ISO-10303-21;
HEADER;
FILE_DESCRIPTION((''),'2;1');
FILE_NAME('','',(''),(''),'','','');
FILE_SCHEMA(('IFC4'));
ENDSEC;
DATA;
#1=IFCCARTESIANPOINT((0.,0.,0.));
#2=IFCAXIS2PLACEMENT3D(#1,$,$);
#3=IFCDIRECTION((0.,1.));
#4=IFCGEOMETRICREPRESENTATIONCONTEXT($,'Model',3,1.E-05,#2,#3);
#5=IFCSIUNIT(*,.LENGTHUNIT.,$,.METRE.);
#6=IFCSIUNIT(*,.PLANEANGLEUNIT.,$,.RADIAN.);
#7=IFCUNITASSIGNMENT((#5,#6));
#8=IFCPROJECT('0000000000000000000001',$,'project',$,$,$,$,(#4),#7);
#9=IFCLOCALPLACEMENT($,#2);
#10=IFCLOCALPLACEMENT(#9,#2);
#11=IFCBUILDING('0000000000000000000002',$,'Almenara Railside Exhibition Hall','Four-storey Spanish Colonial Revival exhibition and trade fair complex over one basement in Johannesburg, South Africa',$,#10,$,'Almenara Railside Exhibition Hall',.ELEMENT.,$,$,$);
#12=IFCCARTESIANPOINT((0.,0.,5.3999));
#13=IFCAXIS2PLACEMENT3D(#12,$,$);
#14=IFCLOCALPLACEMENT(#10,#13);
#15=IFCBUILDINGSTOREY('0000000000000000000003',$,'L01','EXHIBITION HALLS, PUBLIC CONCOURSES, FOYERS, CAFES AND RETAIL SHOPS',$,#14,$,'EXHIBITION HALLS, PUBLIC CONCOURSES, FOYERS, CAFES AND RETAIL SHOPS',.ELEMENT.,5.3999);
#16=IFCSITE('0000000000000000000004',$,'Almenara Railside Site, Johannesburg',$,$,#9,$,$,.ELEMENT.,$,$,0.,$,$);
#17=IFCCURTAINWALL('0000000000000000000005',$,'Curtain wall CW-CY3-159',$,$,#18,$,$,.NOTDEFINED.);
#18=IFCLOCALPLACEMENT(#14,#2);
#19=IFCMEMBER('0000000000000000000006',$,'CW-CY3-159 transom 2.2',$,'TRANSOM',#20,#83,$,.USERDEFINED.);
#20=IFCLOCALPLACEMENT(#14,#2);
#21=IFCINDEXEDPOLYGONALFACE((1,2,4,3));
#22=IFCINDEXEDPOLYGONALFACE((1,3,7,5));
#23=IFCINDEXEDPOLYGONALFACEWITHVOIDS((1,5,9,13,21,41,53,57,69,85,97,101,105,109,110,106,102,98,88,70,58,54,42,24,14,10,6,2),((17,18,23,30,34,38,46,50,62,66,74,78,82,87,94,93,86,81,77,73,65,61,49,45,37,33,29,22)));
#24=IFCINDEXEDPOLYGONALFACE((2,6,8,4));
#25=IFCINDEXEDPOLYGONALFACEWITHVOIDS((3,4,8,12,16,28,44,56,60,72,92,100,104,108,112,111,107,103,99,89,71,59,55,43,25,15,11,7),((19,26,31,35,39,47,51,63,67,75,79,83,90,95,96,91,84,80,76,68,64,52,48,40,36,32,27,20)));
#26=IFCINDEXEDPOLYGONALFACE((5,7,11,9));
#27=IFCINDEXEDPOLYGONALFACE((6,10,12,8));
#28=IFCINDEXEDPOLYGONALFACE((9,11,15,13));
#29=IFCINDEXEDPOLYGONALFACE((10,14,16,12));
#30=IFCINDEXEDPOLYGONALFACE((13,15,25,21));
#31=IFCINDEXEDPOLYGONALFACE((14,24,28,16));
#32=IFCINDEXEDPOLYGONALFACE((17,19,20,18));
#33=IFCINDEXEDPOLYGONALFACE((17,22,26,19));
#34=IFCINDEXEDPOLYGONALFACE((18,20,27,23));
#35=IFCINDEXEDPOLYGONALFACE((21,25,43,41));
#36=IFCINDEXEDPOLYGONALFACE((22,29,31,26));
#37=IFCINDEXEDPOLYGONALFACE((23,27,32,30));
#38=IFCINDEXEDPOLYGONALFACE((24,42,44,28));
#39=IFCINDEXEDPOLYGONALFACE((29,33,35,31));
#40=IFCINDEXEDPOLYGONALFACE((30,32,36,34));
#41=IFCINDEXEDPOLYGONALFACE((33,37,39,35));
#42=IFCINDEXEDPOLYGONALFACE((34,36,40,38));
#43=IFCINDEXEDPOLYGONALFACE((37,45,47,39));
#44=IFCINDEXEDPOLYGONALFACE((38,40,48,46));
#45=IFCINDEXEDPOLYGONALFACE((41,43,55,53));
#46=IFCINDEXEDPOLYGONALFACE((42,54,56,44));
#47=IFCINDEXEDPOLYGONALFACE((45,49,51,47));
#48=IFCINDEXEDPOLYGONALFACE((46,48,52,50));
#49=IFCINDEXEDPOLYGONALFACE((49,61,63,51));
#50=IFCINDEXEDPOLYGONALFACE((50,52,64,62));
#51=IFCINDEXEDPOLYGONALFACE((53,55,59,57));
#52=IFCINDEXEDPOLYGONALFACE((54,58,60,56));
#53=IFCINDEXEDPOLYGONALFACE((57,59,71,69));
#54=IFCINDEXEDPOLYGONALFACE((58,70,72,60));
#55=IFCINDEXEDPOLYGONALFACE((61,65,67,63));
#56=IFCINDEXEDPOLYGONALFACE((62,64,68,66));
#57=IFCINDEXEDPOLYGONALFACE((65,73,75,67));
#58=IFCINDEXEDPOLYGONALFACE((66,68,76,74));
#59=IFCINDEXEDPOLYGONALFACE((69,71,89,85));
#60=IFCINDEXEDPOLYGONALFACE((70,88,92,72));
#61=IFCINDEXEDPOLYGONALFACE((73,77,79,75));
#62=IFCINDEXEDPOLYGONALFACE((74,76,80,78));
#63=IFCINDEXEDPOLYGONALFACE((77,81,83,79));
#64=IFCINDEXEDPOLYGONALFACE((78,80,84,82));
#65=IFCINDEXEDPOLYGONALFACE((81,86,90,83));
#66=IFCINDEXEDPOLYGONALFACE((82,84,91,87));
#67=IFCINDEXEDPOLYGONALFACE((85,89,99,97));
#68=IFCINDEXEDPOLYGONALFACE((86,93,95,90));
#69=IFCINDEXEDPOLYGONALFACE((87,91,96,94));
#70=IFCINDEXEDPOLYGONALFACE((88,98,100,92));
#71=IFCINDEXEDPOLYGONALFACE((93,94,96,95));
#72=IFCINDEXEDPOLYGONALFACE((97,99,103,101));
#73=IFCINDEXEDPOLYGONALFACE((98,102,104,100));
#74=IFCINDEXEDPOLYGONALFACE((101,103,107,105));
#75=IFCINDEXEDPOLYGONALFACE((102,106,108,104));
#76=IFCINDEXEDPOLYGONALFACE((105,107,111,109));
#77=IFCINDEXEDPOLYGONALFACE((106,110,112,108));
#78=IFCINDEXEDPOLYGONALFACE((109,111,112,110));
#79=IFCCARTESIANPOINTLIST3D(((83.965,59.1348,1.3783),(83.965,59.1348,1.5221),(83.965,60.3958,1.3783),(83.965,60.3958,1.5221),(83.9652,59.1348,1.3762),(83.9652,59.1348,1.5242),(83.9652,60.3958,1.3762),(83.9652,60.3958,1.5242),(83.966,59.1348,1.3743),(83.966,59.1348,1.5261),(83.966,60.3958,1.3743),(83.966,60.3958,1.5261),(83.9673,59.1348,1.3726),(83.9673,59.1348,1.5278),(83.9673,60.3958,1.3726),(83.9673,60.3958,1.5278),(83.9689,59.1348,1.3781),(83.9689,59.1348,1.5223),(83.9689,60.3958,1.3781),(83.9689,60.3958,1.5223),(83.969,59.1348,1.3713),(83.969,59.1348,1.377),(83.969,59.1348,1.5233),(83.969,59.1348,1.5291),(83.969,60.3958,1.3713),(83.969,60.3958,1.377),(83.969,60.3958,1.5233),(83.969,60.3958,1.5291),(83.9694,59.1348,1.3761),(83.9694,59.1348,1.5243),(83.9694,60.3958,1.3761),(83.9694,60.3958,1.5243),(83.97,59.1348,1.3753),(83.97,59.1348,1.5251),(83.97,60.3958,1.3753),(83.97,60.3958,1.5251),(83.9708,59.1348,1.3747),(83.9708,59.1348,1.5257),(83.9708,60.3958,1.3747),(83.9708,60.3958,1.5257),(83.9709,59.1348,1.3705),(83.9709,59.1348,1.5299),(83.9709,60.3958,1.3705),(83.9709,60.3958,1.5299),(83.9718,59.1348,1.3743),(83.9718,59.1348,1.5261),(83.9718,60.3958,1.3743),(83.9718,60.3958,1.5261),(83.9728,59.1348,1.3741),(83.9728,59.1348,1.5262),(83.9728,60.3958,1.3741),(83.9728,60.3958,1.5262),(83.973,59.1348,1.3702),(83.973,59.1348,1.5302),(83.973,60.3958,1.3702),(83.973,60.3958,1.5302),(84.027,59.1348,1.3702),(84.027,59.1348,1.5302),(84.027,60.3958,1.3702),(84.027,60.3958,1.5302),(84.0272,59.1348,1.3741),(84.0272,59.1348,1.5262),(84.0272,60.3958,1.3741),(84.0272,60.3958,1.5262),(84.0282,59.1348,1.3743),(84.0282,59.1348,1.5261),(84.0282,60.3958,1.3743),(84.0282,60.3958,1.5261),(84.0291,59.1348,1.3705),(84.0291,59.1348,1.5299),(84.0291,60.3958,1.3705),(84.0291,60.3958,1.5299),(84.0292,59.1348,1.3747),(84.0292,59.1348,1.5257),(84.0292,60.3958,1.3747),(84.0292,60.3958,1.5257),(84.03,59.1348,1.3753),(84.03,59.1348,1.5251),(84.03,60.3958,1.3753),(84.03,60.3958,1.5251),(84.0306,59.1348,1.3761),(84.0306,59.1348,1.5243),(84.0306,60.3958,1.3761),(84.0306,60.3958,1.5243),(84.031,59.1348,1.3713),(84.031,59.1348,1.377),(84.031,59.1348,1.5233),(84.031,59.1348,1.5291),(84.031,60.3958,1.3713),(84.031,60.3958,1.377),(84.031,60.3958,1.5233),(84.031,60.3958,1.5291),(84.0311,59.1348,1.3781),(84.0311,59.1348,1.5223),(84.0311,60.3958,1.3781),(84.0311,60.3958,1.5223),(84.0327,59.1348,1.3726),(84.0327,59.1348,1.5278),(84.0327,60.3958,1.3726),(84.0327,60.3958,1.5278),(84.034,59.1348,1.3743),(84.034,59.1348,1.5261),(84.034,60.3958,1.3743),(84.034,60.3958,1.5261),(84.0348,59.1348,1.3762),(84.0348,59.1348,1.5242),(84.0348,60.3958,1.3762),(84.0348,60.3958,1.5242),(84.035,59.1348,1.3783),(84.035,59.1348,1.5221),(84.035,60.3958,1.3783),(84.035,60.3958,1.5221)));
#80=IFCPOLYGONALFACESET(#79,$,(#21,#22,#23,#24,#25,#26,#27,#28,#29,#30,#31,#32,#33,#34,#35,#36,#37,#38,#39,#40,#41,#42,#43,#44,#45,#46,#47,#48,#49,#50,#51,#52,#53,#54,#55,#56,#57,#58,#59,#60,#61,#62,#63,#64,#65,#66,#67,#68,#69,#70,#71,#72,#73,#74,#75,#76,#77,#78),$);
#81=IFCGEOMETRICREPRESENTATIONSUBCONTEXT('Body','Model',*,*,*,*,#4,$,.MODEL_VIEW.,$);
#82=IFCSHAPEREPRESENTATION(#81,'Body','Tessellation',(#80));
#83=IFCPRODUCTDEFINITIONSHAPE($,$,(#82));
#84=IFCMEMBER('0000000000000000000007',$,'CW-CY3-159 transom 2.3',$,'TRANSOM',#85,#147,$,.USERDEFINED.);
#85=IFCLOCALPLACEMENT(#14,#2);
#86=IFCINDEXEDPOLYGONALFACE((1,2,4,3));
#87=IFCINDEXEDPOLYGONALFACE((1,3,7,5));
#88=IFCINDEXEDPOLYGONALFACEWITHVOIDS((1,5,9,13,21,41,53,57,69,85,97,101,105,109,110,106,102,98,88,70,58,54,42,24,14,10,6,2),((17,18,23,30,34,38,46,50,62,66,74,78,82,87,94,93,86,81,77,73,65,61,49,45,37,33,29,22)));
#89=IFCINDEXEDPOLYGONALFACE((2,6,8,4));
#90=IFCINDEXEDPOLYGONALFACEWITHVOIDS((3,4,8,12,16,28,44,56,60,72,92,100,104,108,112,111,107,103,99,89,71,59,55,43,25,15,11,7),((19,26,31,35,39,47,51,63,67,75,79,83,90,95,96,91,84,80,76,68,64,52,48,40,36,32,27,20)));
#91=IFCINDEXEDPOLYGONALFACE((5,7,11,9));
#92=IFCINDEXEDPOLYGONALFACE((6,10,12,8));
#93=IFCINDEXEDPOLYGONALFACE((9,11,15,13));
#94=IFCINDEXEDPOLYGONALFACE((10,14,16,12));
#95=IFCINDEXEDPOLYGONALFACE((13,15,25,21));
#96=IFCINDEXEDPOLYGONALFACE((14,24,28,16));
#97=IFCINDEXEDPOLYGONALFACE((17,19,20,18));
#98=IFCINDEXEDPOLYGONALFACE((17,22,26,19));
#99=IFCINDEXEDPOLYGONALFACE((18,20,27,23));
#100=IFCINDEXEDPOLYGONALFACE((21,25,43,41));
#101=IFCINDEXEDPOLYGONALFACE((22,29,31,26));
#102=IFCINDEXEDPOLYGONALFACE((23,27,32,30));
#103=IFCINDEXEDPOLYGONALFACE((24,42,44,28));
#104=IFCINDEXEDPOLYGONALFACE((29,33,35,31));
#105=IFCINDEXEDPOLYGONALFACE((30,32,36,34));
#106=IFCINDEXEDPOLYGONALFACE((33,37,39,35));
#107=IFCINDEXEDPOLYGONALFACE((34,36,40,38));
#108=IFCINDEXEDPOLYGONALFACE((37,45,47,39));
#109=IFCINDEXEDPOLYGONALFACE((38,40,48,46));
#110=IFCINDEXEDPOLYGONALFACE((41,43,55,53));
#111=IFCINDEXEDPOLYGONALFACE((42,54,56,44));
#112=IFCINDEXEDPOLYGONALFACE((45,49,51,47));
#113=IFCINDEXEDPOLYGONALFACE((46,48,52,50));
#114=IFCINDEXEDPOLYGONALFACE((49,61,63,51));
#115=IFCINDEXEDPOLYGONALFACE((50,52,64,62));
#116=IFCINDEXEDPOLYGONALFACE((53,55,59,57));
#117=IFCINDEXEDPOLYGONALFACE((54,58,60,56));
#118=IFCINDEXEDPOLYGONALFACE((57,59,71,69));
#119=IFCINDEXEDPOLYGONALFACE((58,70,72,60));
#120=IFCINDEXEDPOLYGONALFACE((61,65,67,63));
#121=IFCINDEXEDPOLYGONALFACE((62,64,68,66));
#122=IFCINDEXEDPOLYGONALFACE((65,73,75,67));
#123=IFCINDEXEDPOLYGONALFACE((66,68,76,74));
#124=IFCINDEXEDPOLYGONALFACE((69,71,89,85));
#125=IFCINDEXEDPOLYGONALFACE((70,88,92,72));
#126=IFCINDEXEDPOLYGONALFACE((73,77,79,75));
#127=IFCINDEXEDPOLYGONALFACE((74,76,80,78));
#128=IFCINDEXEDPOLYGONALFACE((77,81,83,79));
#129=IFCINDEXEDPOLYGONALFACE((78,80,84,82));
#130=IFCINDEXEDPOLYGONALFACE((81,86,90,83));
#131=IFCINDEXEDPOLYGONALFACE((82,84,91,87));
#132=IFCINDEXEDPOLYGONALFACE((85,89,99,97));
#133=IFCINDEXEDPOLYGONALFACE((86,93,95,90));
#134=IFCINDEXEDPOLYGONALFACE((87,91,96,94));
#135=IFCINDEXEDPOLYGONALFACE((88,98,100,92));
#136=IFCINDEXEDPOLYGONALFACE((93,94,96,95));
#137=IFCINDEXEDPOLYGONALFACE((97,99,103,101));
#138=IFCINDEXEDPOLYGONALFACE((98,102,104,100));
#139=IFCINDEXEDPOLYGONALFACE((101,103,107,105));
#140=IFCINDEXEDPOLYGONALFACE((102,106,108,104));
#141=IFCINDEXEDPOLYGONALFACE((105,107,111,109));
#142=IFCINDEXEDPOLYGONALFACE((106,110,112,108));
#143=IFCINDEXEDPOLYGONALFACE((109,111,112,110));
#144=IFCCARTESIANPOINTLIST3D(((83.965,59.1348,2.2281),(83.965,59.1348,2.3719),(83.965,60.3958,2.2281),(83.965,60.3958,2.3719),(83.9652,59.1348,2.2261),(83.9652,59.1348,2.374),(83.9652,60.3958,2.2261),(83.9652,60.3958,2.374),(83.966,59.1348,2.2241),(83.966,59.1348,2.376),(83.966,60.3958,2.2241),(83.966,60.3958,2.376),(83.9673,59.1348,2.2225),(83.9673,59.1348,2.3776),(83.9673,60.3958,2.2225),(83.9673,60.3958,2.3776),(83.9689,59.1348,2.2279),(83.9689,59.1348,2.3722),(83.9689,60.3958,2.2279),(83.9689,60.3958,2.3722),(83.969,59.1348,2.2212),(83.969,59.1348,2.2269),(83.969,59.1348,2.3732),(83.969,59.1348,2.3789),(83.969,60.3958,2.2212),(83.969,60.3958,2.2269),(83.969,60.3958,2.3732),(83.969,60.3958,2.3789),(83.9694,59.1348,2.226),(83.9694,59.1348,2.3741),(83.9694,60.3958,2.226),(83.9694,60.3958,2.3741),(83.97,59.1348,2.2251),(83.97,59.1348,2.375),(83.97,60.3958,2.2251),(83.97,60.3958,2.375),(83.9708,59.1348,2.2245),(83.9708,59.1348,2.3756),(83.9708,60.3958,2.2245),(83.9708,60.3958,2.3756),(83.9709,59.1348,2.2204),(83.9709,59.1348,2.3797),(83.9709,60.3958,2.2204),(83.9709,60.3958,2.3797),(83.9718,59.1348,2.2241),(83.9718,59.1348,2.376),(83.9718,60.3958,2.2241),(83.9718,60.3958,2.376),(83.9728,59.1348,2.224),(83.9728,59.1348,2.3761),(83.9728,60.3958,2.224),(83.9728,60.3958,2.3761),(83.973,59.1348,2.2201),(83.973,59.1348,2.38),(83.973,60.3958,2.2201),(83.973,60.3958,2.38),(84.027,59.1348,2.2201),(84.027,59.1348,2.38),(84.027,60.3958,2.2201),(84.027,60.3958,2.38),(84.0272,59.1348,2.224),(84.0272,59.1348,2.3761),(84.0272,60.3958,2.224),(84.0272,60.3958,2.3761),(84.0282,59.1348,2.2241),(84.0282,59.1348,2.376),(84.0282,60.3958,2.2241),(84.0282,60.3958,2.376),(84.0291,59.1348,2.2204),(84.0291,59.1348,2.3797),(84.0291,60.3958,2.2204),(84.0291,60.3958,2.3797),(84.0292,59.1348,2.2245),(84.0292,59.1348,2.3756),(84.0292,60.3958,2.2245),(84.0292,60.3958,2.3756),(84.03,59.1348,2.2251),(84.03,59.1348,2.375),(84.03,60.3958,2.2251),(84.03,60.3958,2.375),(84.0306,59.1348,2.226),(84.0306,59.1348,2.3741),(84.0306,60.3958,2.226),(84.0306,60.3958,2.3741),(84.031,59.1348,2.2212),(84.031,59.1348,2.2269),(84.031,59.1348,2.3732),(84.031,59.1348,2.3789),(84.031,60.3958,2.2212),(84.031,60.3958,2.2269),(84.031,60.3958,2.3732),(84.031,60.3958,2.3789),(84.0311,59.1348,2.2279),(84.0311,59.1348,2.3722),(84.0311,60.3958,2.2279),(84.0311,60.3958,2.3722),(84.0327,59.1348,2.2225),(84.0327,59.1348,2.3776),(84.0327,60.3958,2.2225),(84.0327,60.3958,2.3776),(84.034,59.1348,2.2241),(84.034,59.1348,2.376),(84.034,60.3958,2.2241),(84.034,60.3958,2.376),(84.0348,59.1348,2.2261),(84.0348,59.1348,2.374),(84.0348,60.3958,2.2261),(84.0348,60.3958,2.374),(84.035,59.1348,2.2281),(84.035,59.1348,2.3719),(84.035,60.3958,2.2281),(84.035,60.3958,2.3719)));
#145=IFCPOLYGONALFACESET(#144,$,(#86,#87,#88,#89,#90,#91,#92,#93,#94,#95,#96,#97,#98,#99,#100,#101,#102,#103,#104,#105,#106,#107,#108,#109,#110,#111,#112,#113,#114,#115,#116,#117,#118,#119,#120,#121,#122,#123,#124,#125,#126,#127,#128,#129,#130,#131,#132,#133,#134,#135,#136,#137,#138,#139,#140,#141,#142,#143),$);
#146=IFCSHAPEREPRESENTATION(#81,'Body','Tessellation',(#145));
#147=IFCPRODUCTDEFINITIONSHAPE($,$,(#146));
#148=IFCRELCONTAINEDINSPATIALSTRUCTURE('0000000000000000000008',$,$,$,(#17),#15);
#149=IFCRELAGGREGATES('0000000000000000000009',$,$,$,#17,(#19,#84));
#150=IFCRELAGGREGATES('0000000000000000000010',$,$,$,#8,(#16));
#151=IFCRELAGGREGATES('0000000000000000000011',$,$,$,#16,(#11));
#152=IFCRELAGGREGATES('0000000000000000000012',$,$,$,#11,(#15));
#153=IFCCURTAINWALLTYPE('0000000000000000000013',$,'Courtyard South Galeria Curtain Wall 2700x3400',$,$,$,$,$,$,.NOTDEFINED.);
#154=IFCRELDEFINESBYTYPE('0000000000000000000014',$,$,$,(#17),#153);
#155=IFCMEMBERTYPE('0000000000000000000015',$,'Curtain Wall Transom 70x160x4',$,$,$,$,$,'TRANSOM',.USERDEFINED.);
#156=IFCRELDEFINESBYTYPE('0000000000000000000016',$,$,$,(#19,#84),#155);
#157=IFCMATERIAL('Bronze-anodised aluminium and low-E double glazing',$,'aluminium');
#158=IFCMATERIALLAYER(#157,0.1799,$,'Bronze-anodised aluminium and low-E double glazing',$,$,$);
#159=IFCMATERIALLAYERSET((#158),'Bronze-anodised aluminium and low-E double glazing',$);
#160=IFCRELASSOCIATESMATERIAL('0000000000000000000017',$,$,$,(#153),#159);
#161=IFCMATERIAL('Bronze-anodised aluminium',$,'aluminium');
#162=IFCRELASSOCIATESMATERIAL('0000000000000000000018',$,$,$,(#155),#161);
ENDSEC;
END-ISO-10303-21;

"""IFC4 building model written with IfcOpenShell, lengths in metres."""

from ifc_helpers import new_model, si_unit, direction, frame, origin, origin_2d, place, context, subcontext, project, spatial, hollow_rectangle, extrude, material, layer, layer_set, material_profile, profile_set, type_object, element, aggregate, save


model = new_model("IFC4")

# Units and contexts
model_context = context("Model", 3, precision=1e-05, world=origin(), true_north=direction((0.0, 1.0)))
body_context = subcontext(model_context, "Body", "Model", "MODEL_VIEW")
ifc_project = project(units=[si_unit("LENGTHUNIT", "METRE"), si_unit("PLANEANGLEUNIT", "RADIAN")], contexts=[model_context])

# Site, building, storey
site_placement = place(None, origin())
site = spatial("IfcSite", under=ifc_project, at=site_placement, Name="Almenara Railside Site, Johannesburg", CompositionType="ELEMENT", RefElevation=0.0)
building_placement = place(site_placement, origin())
building = spatial("IfcBuilding", under=site, at=building_placement, Name="Almenara Railside Exhibition Hall", Description="Four-storey Spanish Colonial Revival exhibition and trade fair complex over one basement in Johannesburg, South Africa", LongName="Almenara Railside Exhibition Hall", CompositionType="ELEMENT")
storey_placement = place(building_placement, frame((0.0, 0.0, 5.3999)))
storey = spatial("IfcBuildingStorey", under=building, at=storey_placement, Name="L01", Description="EXHIBITION HALLS, PUBLIC CONCOURSES, FOYERS, CAFES AND RETAIL SHOPS", LongName="EXHIBITION HALLS, PUBLIC CONCOURSES, FOYERS, CAFES AND RETAIL SHOPS", CompositionType="ELEMENT", Elevation=5.3999)

# Shared definitions
ifc_material_1 = material(Name="Bronze-anodised aluminium and low-E double glazing", Category="aluminium")
ifc_layer_1 = layer(ifc_material_1, 0.1799, Name="Bronze-anodised aluminium and low-E double glazing")
ifc_layer_set_1 = layer_set([ifc_layer_1], Name="Bronze-anodised aluminium and low-E double glazing")
curtain_wall_type_1 = type_object("IfcCurtainWallType", Name="Courtyard South Galeria Curtain Wall 2700x3400", PredefinedType="NOTDEFINED", material=ifc_layer_set_1)
ifc_material_2 = material(Name="Bronze-anodised aluminium", Category="aluminium")

# Curtain wall
curtain_wall_1_placement = place(storey_placement, origin())
curtain_wall_1 = element("IfcCurtainWall", 1, at=curtain_wall_1_placement, inside=storey, type_object=curtain_wall_type_1, Name="Curtain wall CW-CY3-159", PredefinedType="NOTDEFINED")

# Members
ifc_material_profile_1 = material_profile(ifc_material_2, hollow_rectangle(XDim=0.0701, YDim=0.1599, WallThickness=0.0039, InnerFilletRadius=0.0039, OuterFilletRadius=0.0081, at=origin_2d()), Name="ALU-TRN 70x160x4")
ifc_profile_set_1 = profile_set([ifc_material_profile_1], Name="Bronze-anodised aluminium")
member_type_1 = type_object("IfcMemberType", Name="Curtain Wall Transom 70x160x4", ElementType="TRANSOM", PredefinedType="USERDEFINED", material=ifc_profile_set_1)
member_1_placement = place(storey_placement, frame((84.0, 60.3958, 1.4502), z_axis=(0.0, -1.0, 0.0), x_axis=(1.0, 0.0, 0.0)))
member_1 = element("IfcMember", 2, at=member_1_placement, type_object=member_type_1, Name="CW-CY3-159 transom 2.2", ObjectType="TRANSOM", PredefinedType="USERDEFINED", context=body_context, shape_type="SweptSolid", body=[
    extrude(hollow_rectangle(XDim=0.0701, YDim=0.1599, WallThickness=0.0039, InnerFilletRadius=0.0039, OuterFilletRadius=0.0081, at=origin_2d()), origin(), (0.0, 0.0, 1.0), 1.261),
])
member_2_placement = place(storey_placement, frame((84.0, 60.3958, 2.3), z_axis=(0.0, -1.0, 0.0), x_axis=(1.0, 0.0, 0.0)))
member_2 = element("IfcMember", 3, at=member_2_placement, type_object=member_type_1, Name="CW-CY3-159 transom 2.3", ObjectType="TRANSOM", PredefinedType="USERDEFINED", context=body_context, shape_type="SweptSolid", body=[
    extrude(hollow_rectangle(XDim=0.0701, YDim=0.1599, WallThickness=0.0039, InnerFilletRadius=0.0039, OuterFilletRadius=0.0081, at=origin_2d()), origin(), (0.0, 0.0, 1.0), 1.261),
])

aggregate(curtain_wall_1, [member_1, member_2])

save(model, "model.ifc")
